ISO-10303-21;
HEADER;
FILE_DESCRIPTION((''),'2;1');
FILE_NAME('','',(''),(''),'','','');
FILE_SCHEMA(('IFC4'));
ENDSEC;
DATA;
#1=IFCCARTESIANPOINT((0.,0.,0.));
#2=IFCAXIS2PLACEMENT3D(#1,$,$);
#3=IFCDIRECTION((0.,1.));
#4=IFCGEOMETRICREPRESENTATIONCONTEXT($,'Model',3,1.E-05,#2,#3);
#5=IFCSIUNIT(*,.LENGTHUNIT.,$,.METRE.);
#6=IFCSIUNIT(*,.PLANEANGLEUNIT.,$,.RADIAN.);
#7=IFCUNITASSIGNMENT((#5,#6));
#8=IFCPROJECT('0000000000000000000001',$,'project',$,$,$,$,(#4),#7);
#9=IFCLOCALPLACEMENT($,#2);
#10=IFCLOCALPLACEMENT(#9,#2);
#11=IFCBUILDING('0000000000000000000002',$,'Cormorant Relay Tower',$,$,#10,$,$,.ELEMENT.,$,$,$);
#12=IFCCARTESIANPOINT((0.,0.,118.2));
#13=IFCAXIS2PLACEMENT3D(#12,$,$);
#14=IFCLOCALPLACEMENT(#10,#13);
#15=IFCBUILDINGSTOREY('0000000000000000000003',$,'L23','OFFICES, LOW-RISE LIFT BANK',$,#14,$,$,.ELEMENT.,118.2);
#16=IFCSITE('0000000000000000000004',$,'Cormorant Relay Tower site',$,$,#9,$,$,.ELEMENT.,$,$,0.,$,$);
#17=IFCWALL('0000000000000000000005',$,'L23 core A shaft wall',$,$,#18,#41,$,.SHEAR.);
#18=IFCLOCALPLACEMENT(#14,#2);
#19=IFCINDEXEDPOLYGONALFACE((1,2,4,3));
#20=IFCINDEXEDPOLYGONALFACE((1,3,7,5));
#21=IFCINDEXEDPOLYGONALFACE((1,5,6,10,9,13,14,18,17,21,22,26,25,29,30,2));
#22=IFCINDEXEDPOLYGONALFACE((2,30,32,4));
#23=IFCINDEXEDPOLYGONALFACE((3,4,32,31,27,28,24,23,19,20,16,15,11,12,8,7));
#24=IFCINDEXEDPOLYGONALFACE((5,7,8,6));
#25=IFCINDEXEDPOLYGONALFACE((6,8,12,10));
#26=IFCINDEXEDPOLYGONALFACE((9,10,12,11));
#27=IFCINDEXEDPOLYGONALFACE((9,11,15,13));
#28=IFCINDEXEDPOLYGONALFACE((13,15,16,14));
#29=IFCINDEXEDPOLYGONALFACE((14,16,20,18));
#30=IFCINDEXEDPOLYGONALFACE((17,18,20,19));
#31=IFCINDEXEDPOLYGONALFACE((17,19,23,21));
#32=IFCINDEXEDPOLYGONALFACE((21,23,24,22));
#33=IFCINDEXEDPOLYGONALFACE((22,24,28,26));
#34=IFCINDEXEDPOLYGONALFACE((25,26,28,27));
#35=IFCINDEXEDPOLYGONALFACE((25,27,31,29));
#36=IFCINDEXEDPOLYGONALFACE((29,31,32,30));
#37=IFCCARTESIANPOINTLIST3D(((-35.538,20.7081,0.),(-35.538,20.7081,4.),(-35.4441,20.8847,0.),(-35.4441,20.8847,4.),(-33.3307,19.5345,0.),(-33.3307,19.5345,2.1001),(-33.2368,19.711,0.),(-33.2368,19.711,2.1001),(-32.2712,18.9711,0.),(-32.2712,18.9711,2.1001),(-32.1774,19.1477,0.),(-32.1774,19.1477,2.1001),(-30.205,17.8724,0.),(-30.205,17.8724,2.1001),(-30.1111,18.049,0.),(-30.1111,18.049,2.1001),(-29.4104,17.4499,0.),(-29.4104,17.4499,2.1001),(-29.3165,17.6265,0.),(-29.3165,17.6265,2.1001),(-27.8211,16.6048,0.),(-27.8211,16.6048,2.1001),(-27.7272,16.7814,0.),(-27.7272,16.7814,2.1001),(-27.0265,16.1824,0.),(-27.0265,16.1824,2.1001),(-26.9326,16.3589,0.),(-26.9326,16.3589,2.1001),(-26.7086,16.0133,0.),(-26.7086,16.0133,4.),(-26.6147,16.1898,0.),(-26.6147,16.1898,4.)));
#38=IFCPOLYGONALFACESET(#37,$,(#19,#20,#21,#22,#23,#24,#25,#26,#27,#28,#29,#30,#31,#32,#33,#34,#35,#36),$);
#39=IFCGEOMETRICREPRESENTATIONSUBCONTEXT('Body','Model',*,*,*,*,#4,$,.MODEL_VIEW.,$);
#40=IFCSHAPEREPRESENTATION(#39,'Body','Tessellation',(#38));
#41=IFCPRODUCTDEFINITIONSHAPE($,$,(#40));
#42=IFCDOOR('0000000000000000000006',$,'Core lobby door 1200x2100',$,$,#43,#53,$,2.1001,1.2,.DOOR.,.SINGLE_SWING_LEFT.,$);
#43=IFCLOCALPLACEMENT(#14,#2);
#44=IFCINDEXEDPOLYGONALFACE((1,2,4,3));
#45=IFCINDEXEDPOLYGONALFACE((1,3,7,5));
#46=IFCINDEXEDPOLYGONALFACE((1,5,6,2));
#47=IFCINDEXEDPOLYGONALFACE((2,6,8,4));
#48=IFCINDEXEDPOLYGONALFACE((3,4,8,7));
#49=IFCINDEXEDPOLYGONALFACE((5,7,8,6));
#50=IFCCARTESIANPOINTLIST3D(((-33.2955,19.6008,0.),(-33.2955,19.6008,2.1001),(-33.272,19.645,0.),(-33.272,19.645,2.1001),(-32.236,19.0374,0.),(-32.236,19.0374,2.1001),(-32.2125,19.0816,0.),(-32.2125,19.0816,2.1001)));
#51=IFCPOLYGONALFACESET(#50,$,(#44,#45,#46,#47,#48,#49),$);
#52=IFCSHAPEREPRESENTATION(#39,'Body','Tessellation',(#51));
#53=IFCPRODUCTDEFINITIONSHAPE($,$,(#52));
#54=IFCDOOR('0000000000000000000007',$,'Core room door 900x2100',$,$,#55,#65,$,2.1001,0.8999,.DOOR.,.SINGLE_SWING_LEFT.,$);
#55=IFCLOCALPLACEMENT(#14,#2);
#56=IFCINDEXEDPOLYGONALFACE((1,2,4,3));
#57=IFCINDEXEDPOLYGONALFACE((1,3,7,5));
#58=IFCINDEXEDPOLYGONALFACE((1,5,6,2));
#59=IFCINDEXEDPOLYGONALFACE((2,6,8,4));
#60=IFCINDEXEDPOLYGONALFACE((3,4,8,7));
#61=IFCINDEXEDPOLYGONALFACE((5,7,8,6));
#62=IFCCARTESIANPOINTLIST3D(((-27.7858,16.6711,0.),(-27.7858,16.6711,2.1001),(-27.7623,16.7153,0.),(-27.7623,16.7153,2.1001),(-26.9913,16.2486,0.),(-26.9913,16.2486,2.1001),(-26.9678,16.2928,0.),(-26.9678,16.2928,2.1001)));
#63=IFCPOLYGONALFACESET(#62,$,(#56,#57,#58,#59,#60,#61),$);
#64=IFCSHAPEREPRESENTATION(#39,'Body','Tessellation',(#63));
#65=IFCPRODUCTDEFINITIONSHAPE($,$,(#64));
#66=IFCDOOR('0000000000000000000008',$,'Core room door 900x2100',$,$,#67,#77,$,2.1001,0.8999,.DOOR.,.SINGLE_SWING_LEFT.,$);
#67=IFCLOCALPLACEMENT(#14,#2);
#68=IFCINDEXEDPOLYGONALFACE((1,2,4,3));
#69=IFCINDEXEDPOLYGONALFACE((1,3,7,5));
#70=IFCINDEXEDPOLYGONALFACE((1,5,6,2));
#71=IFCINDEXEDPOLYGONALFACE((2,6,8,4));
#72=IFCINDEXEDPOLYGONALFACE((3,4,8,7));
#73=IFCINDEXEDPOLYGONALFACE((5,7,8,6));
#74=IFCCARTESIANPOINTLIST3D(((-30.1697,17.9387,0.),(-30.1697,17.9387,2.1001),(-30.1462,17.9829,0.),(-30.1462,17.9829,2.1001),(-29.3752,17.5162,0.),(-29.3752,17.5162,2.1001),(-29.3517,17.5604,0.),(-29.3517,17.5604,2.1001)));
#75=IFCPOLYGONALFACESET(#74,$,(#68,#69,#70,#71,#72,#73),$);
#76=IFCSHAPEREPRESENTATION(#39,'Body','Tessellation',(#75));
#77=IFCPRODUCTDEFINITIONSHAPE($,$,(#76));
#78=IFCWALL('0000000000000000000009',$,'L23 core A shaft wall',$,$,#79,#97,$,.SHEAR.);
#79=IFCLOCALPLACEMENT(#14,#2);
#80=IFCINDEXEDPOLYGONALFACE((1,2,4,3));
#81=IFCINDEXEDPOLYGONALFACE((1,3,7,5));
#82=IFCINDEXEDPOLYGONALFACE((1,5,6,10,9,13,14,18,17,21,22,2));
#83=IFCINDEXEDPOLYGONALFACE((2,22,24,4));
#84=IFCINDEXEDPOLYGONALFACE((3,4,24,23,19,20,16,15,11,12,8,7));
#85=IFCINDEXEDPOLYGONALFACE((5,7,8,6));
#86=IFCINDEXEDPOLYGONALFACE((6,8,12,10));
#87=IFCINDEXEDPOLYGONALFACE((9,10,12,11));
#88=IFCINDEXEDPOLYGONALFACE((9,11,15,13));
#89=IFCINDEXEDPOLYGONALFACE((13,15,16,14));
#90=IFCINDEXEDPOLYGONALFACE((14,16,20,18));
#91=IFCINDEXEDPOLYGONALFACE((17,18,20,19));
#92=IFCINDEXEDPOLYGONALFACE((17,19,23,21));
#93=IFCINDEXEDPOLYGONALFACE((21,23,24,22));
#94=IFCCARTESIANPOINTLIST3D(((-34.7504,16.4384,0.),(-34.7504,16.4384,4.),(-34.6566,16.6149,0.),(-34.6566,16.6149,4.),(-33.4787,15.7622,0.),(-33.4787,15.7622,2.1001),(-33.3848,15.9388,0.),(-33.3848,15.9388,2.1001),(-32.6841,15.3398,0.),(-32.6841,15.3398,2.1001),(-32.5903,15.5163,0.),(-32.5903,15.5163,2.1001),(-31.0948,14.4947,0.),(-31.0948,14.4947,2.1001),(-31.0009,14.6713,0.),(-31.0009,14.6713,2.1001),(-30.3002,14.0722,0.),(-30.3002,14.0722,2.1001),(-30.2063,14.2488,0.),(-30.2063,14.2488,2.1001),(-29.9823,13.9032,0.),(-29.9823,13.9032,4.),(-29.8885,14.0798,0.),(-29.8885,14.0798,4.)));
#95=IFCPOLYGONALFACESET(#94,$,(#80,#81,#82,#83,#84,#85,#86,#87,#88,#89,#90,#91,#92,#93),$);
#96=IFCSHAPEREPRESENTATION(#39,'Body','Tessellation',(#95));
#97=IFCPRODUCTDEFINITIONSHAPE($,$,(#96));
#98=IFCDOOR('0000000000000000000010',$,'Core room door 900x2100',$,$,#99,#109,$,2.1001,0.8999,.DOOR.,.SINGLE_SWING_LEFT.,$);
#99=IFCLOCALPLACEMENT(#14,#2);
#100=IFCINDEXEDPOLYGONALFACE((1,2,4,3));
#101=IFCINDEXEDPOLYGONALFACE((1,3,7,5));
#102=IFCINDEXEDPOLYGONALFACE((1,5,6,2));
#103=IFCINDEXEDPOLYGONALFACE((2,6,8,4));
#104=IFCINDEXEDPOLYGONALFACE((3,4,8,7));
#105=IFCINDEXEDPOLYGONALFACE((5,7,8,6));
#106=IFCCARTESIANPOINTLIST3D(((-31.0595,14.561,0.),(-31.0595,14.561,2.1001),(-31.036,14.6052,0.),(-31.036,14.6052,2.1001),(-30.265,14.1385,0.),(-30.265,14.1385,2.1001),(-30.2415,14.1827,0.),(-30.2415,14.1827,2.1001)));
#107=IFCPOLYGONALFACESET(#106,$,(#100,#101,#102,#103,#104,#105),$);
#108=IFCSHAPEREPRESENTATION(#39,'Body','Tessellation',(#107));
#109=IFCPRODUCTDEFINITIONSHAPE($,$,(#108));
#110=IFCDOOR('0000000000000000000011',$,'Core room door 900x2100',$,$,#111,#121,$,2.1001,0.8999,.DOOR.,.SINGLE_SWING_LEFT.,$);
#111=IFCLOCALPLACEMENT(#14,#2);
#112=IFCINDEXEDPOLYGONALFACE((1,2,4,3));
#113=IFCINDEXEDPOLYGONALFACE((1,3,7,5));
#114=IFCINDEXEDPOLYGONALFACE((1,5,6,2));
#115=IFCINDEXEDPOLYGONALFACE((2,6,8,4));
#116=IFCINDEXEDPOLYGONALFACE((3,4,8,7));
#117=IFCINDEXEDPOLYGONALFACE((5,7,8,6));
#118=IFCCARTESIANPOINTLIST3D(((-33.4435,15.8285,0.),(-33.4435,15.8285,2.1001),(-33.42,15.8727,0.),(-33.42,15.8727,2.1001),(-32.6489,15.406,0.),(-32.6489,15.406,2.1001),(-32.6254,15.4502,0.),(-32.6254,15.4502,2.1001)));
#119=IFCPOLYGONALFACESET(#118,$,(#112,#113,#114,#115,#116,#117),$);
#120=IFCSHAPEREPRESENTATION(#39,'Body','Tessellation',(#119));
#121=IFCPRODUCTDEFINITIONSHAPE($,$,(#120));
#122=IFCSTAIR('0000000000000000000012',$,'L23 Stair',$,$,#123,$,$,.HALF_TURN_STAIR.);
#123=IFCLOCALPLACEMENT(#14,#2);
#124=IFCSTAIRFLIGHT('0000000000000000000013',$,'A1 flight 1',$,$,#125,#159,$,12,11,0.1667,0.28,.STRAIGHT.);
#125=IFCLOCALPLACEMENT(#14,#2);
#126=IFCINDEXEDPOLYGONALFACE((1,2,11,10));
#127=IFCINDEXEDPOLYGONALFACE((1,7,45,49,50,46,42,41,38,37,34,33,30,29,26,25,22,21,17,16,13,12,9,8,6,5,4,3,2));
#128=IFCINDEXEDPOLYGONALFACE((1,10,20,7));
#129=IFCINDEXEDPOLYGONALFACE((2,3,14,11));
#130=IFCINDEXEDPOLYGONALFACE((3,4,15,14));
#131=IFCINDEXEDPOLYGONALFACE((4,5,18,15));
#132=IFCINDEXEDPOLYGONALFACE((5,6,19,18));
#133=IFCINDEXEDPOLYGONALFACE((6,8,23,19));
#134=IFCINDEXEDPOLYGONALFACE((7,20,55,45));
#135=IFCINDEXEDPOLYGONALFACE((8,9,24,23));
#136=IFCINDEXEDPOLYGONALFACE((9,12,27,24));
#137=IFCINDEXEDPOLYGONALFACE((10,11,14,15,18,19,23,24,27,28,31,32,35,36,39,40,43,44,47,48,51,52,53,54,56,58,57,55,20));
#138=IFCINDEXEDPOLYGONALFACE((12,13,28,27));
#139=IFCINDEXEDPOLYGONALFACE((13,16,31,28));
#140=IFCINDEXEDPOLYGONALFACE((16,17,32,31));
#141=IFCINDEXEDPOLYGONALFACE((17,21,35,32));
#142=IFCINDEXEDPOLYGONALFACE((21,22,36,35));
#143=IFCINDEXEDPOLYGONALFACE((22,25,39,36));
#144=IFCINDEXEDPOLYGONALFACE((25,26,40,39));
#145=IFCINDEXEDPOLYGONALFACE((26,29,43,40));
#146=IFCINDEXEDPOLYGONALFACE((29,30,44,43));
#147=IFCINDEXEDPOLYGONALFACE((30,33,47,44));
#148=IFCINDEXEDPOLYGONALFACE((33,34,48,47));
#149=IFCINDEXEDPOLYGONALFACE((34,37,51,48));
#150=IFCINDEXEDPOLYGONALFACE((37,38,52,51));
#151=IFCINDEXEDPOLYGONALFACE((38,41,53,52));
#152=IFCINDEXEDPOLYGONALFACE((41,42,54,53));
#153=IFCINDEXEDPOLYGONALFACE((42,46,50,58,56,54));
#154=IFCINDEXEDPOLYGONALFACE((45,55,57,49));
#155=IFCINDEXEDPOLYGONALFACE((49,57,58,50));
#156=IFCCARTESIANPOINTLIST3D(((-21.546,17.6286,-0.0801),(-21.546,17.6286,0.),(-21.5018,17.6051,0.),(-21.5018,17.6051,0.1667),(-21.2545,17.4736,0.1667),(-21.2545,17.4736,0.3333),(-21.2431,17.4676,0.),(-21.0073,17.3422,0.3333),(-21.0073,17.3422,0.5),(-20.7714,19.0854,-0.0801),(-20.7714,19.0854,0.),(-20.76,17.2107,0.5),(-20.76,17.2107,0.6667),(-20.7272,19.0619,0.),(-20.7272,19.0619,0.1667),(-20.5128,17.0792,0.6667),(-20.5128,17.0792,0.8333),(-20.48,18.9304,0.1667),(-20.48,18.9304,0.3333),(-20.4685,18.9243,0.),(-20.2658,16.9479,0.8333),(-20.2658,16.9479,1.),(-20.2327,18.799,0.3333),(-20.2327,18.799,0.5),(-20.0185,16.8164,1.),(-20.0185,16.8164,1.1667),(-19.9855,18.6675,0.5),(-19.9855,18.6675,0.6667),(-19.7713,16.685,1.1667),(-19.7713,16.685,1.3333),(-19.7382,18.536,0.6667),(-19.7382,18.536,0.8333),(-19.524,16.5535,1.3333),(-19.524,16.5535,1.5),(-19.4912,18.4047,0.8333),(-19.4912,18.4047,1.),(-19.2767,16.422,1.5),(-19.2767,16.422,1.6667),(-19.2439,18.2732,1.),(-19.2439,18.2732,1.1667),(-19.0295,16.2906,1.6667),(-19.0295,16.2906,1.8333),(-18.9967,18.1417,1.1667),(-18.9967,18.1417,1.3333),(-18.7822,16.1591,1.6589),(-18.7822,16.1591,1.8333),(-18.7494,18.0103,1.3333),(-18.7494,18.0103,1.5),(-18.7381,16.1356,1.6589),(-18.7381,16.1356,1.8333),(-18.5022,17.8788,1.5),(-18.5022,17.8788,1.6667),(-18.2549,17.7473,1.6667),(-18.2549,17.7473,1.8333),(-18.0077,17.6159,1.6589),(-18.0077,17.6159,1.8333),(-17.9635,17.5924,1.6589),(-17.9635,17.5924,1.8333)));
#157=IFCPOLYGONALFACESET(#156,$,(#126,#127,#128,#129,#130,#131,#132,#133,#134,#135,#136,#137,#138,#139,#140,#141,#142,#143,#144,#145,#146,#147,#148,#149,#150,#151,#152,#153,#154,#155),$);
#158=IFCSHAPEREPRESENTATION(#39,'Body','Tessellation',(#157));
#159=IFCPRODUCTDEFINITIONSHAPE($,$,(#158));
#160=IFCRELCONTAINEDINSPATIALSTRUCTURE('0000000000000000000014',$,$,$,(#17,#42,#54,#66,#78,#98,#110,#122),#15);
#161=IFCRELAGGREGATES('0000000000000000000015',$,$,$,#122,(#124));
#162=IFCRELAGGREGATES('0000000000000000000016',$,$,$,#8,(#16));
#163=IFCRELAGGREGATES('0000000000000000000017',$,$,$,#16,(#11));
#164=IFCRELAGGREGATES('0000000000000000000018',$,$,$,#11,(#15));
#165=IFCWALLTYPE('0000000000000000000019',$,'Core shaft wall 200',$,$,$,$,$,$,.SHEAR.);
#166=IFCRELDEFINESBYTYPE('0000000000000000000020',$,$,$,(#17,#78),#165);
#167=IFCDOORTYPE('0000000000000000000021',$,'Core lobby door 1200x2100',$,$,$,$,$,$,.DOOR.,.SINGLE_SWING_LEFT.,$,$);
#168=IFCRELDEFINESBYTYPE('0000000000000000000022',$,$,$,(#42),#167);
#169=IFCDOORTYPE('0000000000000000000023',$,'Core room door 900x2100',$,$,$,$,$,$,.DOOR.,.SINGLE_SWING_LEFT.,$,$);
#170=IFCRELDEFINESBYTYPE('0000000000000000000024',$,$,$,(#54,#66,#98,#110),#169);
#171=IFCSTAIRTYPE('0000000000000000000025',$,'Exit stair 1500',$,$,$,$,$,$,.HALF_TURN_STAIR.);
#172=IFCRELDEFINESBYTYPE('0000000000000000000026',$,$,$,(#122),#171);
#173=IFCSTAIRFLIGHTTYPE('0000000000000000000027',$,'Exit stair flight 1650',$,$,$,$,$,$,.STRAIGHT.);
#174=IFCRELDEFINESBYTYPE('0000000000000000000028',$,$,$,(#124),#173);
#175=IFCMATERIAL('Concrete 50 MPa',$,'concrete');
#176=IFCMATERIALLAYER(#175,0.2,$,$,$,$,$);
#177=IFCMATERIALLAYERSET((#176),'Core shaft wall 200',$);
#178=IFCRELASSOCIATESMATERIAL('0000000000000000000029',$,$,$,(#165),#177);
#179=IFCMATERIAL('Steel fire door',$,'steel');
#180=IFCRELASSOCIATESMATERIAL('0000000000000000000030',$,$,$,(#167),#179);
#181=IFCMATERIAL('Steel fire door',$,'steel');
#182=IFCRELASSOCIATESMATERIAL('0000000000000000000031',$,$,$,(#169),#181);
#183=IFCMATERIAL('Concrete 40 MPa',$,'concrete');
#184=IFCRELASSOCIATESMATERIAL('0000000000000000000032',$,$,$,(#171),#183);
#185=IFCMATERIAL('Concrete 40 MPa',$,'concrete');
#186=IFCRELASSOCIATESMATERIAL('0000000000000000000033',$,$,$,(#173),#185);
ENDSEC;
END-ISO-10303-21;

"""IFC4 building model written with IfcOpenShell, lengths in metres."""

from ifc_helpers import new_model, si_unit, direction, frame, frame_2d, origin, place, context, subcontext, project, spatial, polyline, rectangle, outline, extrude, material, layer, layer_set, type_object, element, fill, aggregate, save


model = new_model("IFC4")

# Units and contexts
model_context = context("Model", 3, precision=1e-05, world=origin(), true_north=direction((0.0, 1.0)))
body_context = subcontext(model_context, "Body", "Model", "MODEL_VIEW")
ifc_project = project(units=[si_unit("LENGTHUNIT", "METRE"), si_unit("PLANEANGLEUNIT", "RADIAN")], contexts=[model_context])

# Site, building, storey
site_placement = place(None, origin())
site = spatial("IfcSite", under=ifc_project, at=site_placement, Name="Cormorant Relay Tower site", CompositionType="ELEMENT", RefElevation=0.0)
building_placement = place(site_placement, origin())
building = spatial("IfcBuilding", under=site, at=building_placement, Name="Cormorant Relay Tower", CompositionType="ELEMENT")
storey_placement = place(building_placement, frame((0.0, 0.0, 118.2)))
storey = spatial("IfcBuildingStorey", under=building, at=storey_placement, Name="L23", Description="OFFICES, LOW-RISE LIFT BANK", CompositionType="ELEMENT", Elevation=118.2)

# Shared definitions
ifc_material_1 = material(Name="Concrete 50 MPa", Category="concrete")
ifc_layer_1 = layer(ifc_material_1, 0.2)
ifc_layer_set_1 = layer_set([ifc_layer_1], Name="Core shaft wall 200")
wall_type_1 = type_object("IfcWallType", Name="Core shaft wall 200", PredefinedType="SHEAR", material=ifc_layer_set_1)

# Walls, openings, doors
wall_1_placement = place(storey_placement, frame((-26.6616, 16.1016, 0.0), z_axis=(0.0, 0.0, 1.0), x_axis=(-0.88294, 0.469485, 0.0)))
wall_1 = element("IfcWall", 1, at=wall_1_placement, inside=storey, type_object=wall_type_1, Name="L23 core A shaft wall", PredefinedType="SHEAR", context=body_context, shape_type="SweptSolid", body=[
    extrude(rectangle(XDim=10.0, YDim=0.2, at=frame_2d((5.0, 0.0))), origin(), (0.0, 0.0, 1.0), 4.0),
])
opening_1_placement = place(wall_1_placement, frame((6.3, 0.0, 0.0)))
opening_1 = element("IfcOpeningElement", 2, at=opening_1_placement, cuts=wall_1, PredefinedType="OPENING", context=body_context, shape_type="SweptSolid", body=[
    extrude(rectangle(XDim=1.2, YDim=2.1001, at=frame_2d((0.6001, 1.05))), frame((0.0, 0.1099, 0.0), z_axis=(0.0, -1.0, 0.0), x_axis=(1.0, 0.0, 0.0)), (0.0, 0.0, 1.0), 0.22),
])
opening_2_placement = place(wall_1_placement, frame((0.3601, 0.0, 0.0)))
opening_2 = element("IfcOpeningElement", 3, at=opening_2_placement, cuts=wall_1, PredefinedType="OPENING", context=body_context, shape_type="SweptSolid", body=[
    extrude(rectangle(XDim=0.8999, YDim=2.1001, at=frame_2d((0.45, 1.05))), frame((0.0, 0.1099, 0.0), z_axis=(0.0, -1.0, 0.0), x_axis=(1.0, 0.0, 0.0)), (0.0, 0.0, 1.0), 0.22),
])
opening_3_placement = place(wall_1_placement, frame((3.0601, 0.0, 0.0)))
opening_3 = element("IfcOpeningElement", 4, at=opening_3_placement, cuts=wall_1, PredefinedType="OPENING", context=body_context, shape_type="SweptSolid", body=[
    extrude(rectangle(XDim=0.8999, YDim=2.1001, at=frame_2d((0.45, 1.05))), frame((0.0, 0.1099, 0.0), z_axis=(0.0, -1.0, 0.0), x_axis=(1.0, 0.0, 0.0)), (0.0, 0.0, 1.0), 0.22),
])
ifc_material_2 = material(Name="Steel fire door", Category="steel")
door_type_1 = type_object("IfcDoorType", Name="Core lobby door 1200x2100", OperationType="SINGLE_SWING_LEFT", PredefinedType="DOOR", material=ifc_material_2)
door_1_placement = place(opening_1_placement, origin())
door_1 = element("IfcDoor", 5, at=door_1_placement, inside=storey, type_object=door_type_1, Name="Core lobby door 1200x2100", OperationType="SINGLE_SWING_LEFT", OverallHeight=2.1001, OverallWidth=1.2, PredefinedType="DOOR", context=body_context, shape_type="SweptSolid", body=[
    extrude(rectangle(XDim=1.2, YDim=2.1001, at=frame_2d((0.6001, 1.05))), frame((0.0, 0.0249, 0.0), z_axis=(0.0, -1.0, 0.0), x_axis=(1.0, 0.0, 0.0)), (0.0, 0.0, 1.0), 0.05),
])
fill(opening_1, door_1)
ifc_material_3 = material(Name="Steel fire door", Category="steel")
door_type_2 = type_object("IfcDoorType", Name="Core room door 900x2100", OperationType="SINGLE_SWING_LEFT", PredefinedType="DOOR", material=ifc_material_3)
door_2_placement = place(opening_2_placement, origin())
door_2 = element("IfcDoor", 6, at=door_2_placement, inside=storey, type_object=door_type_2, Name="Core room door 900x2100", OperationType="SINGLE_SWING_LEFT", OverallHeight=2.1001, OverallWidth=0.8999, PredefinedType="DOOR", context=body_context, shape_type="SweptSolid", body=[
    extrude(rectangle(XDim=0.8999, YDim=2.1001, at=frame_2d((0.45, 1.05))), frame((0.0, 0.0249, 0.0), z_axis=(0.0, -1.0, 0.0), x_axis=(1.0, 0.0, 0.0)), (0.0, 0.0, 1.0), 0.05),
])
fill(opening_2, door_2)
door_3_placement = place(opening_3_placement, origin())
door_3 = element("IfcDoor", 7, at=door_3_placement, inside=storey, type_object=door_type_2, Name="Core room door 900x2100", OperationType="SINGLE_SWING_LEFT", OverallHeight=2.1001, OverallWidth=0.8999, PredefinedType="DOOR", context=body_context, shape_type="SweptSolid", body=[
    extrude(rectangle(XDim=0.8999, YDim=2.1001, at=frame_2d((0.45, 1.05))), frame((0.0, 0.0249, 0.0), z_axis=(0.0, -1.0, 0.0), x_axis=(1.0, 0.0, 0.0)), (0.0, 0.0, 1.0), 0.05),
])
fill(opening_3, door_3)
wall_2_placement = place(storey_placement, frame((-29.9353, 13.9915, 0.0), z_axis=(0.0, 0.0, 1.0), x_axis=(-0.882953, 0.469462, 0.0)))
wall_2 = element("IfcWall", 8, at=wall_2_placement, inside=storey, type_object=wall_type_1, Name="L23 core A shaft wall", PredefinedType="SHEAR", context=body_context, shape_type="SweptSolid", body=[
    extrude(rectangle(XDim=5.4001, YDim=0.2, at=frame_2d((2.7002, 0.0))), origin(), (0.0, 0.0, 1.0), 4.0),
])
opening_4_placement = place(wall_2_placement, frame((0.3601, 0.0, 0.0)))
opening_4 = element("IfcOpeningElement", 9, at=opening_4_placement, cuts=wall_2, PredefinedType="OPENING", context=body_context, shape_type="SweptSolid", body=[
    extrude(rectangle(XDim=0.8999, YDim=2.1001, at=frame_2d((0.45, 1.05))), frame((0.0, 0.1099, 0.0), z_axis=(0.0, -1.0, 0.0), x_axis=(1.0, 0.0, 0.0)), (0.0, 0.0, 1.0), 0.22),
])
opening_5_placement = place(wall_2_placement, frame((3.0601, 0.0, 0.0)))
opening_5 = element("IfcOpeningElement", 10, at=opening_5_placement, cuts=wall_2, PredefinedType="OPENING", context=body_context, shape_type="SweptSolid", body=[
    extrude(rectangle(XDim=0.8999, YDim=2.1001, at=frame_2d((0.45, 1.05))), frame((0.0, 0.1099, 0.0), z_axis=(0.0, -1.0, 0.0), x_axis=(1.0, 0.0, 0.0)), (0.0, 0.0, 1.0), 0.22),
])
door_4_placement = place(opening_4_placement, origin())
door_4 = element("IfcDoor", 11, at=door_4_placement, inside=storey, type_object=door_type_2, Name="Core room door 900x2100", OperationType="SINGLE_SWING_LEFT", OverallHeight=2.1001, OverallWidth=0.8999, PredefinedType="DOOR", context=body_context, shape_type="SweptSolid", body=[
    extrude(rectangle(XDim=0.8999, YDim=2.1001, at=frame_2d((0.45, 1.05))), frame((0.0, 0.0249, 0.0), z_axis=(0.0, -1.0, 0.0), x_axis=(1.0, 0.0, 0.0)), (0.0, 0.0, 1.0), 0.05),
])
fill(opening_4, door_4)
door_5_placement = place(opening_5_placement, origin())
door_5 = element("IfcDoor", 12, at=door_5_placement, inside=storey, type_object=door_type_2, Name="Core room door 900x2100", OperationType="SINGLE_SWING_LEFT", OverallHeight=2.1001, OverallWidth=0.8999, PredefinedType="DOOR", context=body_context, shape_type="SweptSolid", body=[
    extrude(rectangle(XDim=0.8999, YDim=2.1001, at=frame_2d((0.45, 1.05))), frame((0.0, 0.0249, 0.0), z_axis=(0.0, -1.0, 0.0), x_axis=(1.0, 0.0, 0.0)), (0.0, 0.0, 1.0), 0.05),
])
fill(opening_5, door_5)

# Stair, stair flight
ifc_material_4 = material(Name="Concrete 40 MPa", Category="concrete")
stair_type = type_object("IfcStairType", Name="Exit stair 1500", PredefinedType="HALF_TURN_STAIR", material=ifc_material_4)
stair_placement = place(storey_placement, origin())
stair = element("IfcStair", 13, at=stair_placement, inside=storey, type_object=stair_type, Name="L23 Stair", PredefinedType="HALF_TURN_STAIR")
ifc_material_5 = material(Name="Concrete 40 MPa", Category="concrete")
stair_flight_type = type_object("IfcStairFlightType", Name="Exit stair flight 1650", PredefinedType="STRAIGHT", material=ifc_material_5)
stair_flight_placement = place(storey_placement, frame((-21.1145, 18.3335, 0.0), z_axis=(0.0, 0.0, 1.0), x_axis=(0.882948, -0.469472, 0.0)))
stair_flight = element("IfcStairFlight", 14, at=stair_flight_placement, type_object=stair_flight_type, Name="A1 flight 1", NumberOfRisers=12, NumberOfTreads=11, PredefinedType="STRAIGHT", RiserHeight=0.1667, TreadLength=0.28, context=body_context, shape_type="SweptSolid", body=[
    extrude(outline(polyline([(-0.05, -0.0801), (-0.05, 0.0), (0.0, 0.0), (0.0, 0.1667), (0.28, 0.1667), (0.28, 0.3333), (0.5601, 0.3333), (0.5601, 0.5), (0.8401, 0.5), (0.8401, 0.6667), (1.1201, 0.6667), (1.1201, 0.8333), (1.3999, 0.8333), (1.3999, 1.0), (1.6799, 1.0), (1.6799, 1.1667), (1.96, 1.1667), (1.96, 1.3333), (2.24, 1.3333), (2.24, 1.5), (2.52, 1.5), (2.52, 1.6667), (2.8, 1.6667), (2.8, 1.8333), (3.0801, 1.8333), (3.1301, 1.8333), (3.1301, 1.6589), (3.0801, 1.6589), (0.293, 0.0), (-0.05, -0.0801)])), frame((0.0, 0.825, 0.0), z_axis=(0.0, -1.0, 0.0), x_axis=(1.0, 0.0, 0.0)), (0.0, 0.0, 1.0), 1.6499),
])
aggregate(stair, [stair_flight])

save(model, "model.ifc")
